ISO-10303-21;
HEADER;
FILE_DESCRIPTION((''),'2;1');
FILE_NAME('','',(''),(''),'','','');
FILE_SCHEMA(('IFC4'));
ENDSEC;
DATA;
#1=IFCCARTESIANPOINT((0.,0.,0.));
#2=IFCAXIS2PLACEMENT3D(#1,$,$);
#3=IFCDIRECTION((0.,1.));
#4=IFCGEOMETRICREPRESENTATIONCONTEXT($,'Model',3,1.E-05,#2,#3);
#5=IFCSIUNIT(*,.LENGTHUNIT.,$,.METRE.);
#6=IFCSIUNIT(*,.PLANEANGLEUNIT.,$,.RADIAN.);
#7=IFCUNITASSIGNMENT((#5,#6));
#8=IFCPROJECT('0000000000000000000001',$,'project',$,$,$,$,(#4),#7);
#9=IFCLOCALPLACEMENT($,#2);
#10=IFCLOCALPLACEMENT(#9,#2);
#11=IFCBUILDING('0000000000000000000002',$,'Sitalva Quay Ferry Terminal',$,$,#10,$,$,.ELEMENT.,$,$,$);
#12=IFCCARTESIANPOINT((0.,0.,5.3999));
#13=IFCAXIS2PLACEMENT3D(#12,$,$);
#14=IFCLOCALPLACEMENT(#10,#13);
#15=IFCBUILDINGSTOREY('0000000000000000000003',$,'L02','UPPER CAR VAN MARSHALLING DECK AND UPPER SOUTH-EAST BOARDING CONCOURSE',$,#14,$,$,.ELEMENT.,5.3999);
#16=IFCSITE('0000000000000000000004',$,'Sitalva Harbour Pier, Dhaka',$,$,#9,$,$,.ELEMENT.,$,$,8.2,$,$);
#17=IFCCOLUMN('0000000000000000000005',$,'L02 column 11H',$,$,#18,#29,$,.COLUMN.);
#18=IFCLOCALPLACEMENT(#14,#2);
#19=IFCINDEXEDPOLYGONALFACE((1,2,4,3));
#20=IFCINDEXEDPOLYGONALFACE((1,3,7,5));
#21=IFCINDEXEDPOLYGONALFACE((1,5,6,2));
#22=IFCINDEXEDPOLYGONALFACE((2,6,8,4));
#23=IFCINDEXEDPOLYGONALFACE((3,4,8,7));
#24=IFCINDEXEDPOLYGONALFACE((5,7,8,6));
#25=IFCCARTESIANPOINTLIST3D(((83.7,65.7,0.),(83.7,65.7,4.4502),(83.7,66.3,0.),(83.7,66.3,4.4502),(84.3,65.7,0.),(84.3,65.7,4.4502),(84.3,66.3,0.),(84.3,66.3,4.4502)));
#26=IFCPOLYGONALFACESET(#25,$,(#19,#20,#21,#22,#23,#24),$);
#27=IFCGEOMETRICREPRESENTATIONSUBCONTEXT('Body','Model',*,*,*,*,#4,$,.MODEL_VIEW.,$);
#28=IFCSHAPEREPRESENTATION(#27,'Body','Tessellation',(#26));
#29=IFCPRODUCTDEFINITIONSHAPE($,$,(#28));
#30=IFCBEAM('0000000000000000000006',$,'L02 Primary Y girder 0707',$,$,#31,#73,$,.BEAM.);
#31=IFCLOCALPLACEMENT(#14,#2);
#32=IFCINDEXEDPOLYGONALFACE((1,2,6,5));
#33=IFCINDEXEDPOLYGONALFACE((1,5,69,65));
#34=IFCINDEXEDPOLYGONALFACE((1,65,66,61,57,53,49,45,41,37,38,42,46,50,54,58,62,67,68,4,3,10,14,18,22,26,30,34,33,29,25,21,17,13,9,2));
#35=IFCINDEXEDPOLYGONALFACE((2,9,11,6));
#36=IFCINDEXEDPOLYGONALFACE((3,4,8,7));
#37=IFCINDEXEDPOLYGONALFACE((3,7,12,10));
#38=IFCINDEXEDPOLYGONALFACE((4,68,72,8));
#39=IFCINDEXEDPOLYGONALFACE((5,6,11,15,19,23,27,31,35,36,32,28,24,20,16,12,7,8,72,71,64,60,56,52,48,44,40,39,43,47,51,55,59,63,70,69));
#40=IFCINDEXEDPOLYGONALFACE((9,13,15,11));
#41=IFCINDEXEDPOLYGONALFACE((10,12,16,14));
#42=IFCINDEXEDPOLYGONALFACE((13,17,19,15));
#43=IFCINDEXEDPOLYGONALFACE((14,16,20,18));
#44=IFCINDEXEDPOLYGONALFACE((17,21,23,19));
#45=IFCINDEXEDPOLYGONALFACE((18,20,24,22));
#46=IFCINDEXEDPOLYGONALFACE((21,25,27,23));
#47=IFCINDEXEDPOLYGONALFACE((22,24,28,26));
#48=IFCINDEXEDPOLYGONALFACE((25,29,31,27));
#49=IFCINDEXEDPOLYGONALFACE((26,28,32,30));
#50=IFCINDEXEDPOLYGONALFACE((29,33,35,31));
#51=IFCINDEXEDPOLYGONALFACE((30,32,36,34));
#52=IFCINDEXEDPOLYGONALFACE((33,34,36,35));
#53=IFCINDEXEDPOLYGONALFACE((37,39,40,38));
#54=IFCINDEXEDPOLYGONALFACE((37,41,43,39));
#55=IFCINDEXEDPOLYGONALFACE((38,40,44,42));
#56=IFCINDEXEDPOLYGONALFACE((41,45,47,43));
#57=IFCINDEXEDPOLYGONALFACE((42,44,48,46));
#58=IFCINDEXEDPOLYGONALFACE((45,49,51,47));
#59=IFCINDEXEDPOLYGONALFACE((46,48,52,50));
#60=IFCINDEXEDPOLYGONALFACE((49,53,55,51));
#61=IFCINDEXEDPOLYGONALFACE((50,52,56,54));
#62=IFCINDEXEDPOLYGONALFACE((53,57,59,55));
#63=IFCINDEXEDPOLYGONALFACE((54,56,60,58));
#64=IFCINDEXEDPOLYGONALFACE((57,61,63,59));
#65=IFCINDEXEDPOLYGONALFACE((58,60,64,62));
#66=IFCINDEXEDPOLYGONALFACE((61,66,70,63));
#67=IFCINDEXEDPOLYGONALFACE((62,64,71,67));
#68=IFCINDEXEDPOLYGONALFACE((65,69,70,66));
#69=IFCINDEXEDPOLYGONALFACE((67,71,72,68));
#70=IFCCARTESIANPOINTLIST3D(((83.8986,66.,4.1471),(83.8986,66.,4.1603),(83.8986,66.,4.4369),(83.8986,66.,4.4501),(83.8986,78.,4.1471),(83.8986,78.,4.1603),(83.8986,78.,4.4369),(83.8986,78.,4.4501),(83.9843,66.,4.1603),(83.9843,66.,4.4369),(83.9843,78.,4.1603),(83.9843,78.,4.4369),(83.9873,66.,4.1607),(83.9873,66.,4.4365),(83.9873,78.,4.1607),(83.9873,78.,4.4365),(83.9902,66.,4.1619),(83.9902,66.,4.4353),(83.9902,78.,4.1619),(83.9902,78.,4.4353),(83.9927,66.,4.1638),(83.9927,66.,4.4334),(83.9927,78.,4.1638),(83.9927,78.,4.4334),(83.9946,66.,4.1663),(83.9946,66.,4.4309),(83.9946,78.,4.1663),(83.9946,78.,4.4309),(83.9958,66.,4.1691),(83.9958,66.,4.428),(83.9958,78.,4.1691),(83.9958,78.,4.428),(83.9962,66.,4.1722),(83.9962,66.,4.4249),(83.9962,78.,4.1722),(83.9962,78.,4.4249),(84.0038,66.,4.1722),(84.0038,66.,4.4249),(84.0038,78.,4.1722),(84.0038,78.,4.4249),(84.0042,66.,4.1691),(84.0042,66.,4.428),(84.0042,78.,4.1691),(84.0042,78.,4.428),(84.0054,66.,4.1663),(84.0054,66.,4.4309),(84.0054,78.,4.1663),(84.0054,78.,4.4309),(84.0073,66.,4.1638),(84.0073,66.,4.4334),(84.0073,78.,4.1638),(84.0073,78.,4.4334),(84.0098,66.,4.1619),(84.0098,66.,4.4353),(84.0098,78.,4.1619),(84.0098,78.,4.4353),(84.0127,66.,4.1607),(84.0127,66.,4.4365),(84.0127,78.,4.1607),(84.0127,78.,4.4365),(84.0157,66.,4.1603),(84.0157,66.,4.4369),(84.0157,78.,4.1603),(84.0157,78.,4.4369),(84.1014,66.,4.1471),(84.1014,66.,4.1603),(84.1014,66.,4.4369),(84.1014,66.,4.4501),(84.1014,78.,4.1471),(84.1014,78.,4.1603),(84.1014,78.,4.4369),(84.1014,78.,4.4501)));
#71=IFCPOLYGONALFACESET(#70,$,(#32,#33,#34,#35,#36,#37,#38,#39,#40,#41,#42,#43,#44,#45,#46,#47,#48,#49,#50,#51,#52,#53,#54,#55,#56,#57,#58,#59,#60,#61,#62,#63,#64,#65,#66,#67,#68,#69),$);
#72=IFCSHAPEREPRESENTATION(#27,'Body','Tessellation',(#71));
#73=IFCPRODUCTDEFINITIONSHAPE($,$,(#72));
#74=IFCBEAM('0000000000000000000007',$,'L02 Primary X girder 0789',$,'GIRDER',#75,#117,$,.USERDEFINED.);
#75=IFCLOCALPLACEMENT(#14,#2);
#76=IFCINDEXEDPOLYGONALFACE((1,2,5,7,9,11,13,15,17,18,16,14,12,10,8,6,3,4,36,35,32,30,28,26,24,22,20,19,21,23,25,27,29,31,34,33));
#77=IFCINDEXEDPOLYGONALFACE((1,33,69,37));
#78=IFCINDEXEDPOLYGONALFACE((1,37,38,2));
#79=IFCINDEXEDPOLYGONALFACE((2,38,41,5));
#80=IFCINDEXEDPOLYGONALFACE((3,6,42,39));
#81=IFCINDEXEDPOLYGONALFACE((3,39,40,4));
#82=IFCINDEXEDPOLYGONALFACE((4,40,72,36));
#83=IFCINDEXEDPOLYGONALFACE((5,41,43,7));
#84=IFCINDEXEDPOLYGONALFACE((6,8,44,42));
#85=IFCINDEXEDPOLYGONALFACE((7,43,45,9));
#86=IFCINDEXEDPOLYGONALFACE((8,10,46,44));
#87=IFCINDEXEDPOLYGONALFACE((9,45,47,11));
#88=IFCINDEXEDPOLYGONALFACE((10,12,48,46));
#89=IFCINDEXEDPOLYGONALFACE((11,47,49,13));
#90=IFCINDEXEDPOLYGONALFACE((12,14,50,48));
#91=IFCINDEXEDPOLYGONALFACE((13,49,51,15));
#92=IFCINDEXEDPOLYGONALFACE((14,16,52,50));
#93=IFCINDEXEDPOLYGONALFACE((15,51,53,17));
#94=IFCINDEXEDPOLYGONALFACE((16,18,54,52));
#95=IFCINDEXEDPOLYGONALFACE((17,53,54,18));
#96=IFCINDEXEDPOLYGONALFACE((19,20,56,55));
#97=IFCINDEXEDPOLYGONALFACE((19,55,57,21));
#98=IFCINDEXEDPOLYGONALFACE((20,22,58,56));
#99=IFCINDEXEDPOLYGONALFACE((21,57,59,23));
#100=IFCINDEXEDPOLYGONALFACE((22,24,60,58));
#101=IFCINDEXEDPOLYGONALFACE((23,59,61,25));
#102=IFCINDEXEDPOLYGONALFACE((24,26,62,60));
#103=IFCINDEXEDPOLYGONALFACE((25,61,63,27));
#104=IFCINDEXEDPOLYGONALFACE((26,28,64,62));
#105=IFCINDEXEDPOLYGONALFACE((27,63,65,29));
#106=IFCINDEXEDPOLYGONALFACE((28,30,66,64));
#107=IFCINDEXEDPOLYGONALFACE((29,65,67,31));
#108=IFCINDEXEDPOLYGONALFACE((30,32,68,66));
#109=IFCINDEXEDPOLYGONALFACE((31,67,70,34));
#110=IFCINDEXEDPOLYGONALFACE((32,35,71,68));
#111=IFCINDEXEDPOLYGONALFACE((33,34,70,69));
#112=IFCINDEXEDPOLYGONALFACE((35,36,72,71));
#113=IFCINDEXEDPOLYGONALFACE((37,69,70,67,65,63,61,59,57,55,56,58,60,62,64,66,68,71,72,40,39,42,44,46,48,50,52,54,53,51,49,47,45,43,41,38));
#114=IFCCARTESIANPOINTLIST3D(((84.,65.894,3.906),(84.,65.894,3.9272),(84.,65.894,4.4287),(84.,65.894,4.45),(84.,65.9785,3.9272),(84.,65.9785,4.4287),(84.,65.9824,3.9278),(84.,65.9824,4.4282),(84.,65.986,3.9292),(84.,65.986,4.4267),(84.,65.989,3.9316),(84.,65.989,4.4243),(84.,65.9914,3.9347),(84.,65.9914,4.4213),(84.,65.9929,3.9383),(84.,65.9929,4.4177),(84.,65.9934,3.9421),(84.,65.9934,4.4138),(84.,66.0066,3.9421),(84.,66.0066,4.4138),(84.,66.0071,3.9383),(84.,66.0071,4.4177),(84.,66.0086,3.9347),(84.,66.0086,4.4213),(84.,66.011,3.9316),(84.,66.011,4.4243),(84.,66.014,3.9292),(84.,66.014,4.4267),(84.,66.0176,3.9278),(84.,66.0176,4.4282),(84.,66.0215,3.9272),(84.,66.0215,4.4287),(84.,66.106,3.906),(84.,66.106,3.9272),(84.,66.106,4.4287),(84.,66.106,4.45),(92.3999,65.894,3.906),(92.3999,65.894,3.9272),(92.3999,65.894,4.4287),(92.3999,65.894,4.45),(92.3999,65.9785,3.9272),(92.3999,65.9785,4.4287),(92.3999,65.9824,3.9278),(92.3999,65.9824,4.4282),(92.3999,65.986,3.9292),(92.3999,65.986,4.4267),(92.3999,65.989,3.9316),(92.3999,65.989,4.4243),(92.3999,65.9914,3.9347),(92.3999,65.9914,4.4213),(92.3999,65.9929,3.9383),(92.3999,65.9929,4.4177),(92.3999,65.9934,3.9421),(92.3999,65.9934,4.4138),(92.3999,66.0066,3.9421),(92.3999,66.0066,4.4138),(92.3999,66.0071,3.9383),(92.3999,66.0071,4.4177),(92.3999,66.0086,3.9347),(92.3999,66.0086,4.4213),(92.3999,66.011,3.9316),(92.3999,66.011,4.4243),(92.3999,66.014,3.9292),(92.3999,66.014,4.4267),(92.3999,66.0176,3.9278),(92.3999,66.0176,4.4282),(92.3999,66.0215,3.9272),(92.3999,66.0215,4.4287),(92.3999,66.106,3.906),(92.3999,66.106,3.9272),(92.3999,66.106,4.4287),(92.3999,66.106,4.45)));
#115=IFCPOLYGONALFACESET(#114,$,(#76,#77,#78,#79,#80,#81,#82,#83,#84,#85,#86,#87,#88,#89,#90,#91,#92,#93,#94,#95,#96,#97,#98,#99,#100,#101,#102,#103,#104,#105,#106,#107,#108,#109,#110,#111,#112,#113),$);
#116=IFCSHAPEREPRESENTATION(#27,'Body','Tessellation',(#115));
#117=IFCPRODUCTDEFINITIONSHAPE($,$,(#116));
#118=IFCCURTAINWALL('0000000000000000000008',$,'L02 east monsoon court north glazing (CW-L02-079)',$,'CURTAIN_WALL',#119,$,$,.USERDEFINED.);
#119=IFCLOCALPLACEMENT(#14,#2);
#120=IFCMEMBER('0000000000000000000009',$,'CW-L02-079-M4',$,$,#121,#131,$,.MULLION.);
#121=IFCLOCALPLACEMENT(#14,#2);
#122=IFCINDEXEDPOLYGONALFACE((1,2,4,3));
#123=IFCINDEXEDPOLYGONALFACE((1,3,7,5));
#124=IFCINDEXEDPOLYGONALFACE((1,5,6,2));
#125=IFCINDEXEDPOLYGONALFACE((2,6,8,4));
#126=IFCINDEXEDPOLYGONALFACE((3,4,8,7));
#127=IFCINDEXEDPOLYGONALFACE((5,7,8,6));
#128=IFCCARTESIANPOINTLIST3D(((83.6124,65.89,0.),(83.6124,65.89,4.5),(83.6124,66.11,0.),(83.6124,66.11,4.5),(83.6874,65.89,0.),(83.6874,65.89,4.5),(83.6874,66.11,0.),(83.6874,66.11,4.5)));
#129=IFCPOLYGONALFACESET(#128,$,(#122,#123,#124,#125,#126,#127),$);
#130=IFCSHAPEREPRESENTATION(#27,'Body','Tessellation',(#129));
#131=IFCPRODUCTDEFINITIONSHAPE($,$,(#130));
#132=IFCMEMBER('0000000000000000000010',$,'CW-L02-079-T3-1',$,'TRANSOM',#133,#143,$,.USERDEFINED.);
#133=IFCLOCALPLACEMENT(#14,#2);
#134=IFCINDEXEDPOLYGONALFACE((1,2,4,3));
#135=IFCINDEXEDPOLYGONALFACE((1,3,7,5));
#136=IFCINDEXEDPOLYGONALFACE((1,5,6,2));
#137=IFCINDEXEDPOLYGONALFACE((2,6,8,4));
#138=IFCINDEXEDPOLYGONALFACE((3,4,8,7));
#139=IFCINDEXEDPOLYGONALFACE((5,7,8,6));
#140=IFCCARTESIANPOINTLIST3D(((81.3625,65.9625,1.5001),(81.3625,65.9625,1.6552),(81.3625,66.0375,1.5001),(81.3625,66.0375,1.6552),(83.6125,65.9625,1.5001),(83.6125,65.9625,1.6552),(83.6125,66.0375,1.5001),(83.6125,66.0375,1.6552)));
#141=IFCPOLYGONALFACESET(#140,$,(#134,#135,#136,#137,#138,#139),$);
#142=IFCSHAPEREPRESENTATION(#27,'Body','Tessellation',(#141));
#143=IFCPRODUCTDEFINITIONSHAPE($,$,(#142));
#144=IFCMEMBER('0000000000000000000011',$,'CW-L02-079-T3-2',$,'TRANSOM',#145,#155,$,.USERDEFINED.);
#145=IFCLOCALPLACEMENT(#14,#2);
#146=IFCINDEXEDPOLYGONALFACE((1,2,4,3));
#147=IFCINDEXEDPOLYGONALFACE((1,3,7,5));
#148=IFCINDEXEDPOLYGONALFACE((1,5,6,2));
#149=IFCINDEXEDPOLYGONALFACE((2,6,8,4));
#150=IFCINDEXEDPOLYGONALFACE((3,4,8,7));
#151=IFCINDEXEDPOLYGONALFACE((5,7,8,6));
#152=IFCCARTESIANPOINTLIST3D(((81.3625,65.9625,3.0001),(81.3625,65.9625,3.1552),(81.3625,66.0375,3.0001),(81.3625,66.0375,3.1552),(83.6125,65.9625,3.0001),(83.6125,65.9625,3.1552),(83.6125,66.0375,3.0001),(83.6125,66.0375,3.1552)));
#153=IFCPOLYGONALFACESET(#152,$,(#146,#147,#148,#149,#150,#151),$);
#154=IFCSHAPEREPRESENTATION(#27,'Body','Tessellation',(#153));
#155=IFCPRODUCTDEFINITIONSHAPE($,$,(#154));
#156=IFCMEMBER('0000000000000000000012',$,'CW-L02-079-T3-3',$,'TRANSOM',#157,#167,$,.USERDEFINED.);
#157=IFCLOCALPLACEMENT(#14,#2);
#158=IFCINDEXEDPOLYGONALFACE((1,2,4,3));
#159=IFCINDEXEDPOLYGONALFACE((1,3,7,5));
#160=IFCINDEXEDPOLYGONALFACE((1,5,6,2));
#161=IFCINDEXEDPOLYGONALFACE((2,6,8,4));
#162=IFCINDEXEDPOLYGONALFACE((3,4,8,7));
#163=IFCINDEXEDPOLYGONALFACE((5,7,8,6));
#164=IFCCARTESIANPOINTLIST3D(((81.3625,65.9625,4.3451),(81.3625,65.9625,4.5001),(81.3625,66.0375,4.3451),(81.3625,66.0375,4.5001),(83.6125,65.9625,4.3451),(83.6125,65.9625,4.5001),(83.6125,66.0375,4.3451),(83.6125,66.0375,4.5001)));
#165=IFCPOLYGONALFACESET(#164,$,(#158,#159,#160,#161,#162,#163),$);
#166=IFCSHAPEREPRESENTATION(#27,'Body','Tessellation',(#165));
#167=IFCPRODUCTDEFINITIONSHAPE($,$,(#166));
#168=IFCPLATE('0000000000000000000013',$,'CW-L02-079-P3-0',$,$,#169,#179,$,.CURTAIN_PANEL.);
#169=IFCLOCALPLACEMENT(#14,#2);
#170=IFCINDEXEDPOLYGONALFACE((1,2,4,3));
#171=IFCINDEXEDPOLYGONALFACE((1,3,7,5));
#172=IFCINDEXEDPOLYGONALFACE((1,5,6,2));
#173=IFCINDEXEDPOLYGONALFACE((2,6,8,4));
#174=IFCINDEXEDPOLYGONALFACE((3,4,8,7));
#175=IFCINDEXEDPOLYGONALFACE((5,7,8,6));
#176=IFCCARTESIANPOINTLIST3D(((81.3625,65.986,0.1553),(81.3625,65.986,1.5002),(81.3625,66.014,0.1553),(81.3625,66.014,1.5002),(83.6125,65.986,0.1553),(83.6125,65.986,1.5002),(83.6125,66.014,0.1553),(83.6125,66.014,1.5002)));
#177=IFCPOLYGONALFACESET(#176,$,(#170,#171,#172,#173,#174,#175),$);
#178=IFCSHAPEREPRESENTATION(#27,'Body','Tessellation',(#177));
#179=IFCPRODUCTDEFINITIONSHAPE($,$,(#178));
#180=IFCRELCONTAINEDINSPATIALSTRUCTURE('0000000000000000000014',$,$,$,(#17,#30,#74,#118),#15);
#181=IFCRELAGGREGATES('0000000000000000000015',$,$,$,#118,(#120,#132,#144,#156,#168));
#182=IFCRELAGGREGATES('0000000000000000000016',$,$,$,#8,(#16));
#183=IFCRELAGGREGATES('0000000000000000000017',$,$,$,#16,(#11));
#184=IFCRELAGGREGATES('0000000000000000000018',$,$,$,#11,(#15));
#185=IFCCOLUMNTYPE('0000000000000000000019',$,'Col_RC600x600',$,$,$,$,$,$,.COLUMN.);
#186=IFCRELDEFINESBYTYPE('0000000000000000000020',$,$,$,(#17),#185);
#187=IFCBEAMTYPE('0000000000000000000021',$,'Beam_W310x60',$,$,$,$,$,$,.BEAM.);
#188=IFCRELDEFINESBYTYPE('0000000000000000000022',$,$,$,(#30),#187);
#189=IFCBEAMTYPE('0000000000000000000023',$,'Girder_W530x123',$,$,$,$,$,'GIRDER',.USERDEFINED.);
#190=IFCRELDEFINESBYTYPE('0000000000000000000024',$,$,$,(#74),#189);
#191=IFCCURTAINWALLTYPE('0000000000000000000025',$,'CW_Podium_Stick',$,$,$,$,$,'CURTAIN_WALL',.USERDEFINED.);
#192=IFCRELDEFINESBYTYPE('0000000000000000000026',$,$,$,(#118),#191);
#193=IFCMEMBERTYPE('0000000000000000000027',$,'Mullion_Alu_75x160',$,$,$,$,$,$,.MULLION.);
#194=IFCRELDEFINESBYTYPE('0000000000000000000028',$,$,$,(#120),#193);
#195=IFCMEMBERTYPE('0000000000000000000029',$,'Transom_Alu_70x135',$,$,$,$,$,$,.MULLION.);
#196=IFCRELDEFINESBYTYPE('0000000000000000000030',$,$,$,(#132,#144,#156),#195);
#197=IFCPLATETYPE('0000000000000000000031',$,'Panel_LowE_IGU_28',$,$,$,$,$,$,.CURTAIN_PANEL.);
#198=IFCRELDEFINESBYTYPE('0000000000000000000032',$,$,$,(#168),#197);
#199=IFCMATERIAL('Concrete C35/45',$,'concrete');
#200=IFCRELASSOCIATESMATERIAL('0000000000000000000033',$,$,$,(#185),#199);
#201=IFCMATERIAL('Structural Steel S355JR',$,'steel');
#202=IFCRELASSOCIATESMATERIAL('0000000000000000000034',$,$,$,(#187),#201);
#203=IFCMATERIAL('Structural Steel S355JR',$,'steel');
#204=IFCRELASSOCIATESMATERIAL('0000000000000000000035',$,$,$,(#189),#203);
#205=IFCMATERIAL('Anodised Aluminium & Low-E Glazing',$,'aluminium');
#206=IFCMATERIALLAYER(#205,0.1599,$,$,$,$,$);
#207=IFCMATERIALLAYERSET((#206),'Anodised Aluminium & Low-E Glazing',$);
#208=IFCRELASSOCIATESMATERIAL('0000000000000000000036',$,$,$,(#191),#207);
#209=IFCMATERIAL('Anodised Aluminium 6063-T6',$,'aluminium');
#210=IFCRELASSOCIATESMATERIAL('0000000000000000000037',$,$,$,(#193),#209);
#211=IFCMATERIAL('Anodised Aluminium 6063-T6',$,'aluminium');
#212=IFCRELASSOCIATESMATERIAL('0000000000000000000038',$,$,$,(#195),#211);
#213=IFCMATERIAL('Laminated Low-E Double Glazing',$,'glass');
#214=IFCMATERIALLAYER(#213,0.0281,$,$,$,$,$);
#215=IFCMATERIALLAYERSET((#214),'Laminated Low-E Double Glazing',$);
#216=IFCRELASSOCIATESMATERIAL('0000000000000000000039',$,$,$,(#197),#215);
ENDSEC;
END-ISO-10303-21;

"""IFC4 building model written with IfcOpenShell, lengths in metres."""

from ifc_helpers import new_model, si_unit, direction, frame, origin, origin_2d, place, context, subcontext, project, spatial, rectangle, i_section, extrude, material, layer, layer_set, material_profile, profile_set, type_object, element, aggregate, save


model = new_model("IFC4")

# Units and contexts
model_context = context("Model", 3, precision=1e-05, world=origin(), true_north=direction((0.0, 1.0)))
body_context = subcontext(model_context, "Body", "Model", "MODEL_VIEW")
ifc_project = project(units=[si_unit("LENGTHUNIT", "METRE"), si_unit("PLANEANGLEUNIT", "RADIAN")], contexts=[model_context])

# Site, building, storey
site_placement = place(None, origin())
site = spatial("IfcSite", under=ifc_project, at=site_placement, Name="Sitalva Harbour Pier, Dhaka", CompositionType="ELEMENT", RefElevation=8.2)
building_placement = place(site_placement, origin())
building = spatial("IfcBuilding", under=site, at=building_placement, Name="Sitalva Quay Ferry Terminal", CompositionType="ELEMENT")
storey_placement = place(building_placement, frame((0.0, 0.0, 5.3999)))
storey = spatial("IfcBuildingStorey", under=building, at=storey_placement, Name="L02", Description="UPPER CAR VAN MARSHALLING DECK AND UPPER SOUTH-EAST BOARDING CONCOURSE", CompositionType="ELEMENT", Elevation=5.3999)

# Column
ifc_material_1 = material(Name="Concrete C35/45", Category="concrete")
ifc_material_profile_1 = material_profile(ifc_material_1, rectangle(XDim=0.6001, YDim=0.6001, at=origin_2d()), Name="RC600x600")
ifc_profile_set_1 = profile_set([ifc_material_profile_1], Name="Concrete C35/45")
column_type = type_object("IfcColumnType", Name="Col_RC600x600", PredefinedType="COLUMN", material=ifc_profile_set_1)
column_placement = place(storey_placement, frame((84.0, 66.0, 0.0), z_axis=(0.0, 0.0, 1.0), x_axis=(1.0, 0.0, 0.0)))
element("IfcColumn", 1, at=column_placement, inside=storey, type_object=column_type, Name="L02 column 11H", PredefinedType="COLUMN", context=body_context, shape_type="SweptSolid", body=[
    extrude(rectangle(XDim=0.6001, YDim=0.6001, at=origin_2d()), origin(), (0.0, 0.0, 1.0), 4.4502),
])

# Beams
ifc_material_2 = material(Name="Structural Steel S355JR", Category="steel")
ifc_material_profile_2 = material_profile(ifc_material_2, i_section(OverallWidth=0.2029, OverallDepth=0.303, WebThickness=0.0076, FlangeThickness=0.0132, FilletRadius=0.012, at=origin_2d()), Name="W310x60")
ifc_profile_set_2 = profile_set([ifc_material_profile_2], Name="Structural Steel S355JR")
beam_type_1 = type_object("IfcBeamType", Name="Beam_W310x60", PredefinedType="BEAM", material=ifc_profile_set_2)
beam_1_placement = place(storey_placement, frame((84.0, 66.0, 4.2986), z_axis=(0.0, 1.0, 0.0), x_axis=(-1.0, 0.0, 0.0)))
element("IfcBeam", 2, at=beam_1_placement, inside=storey, type_object=beam_type_1, Name="L02 Primary Y girder 0707", PredefinedType="BEAM", context=body_context, shape_type="SweptSolid", body=[
    extrude(i_section(OverallWidth=0.2029, OverallDepth=0.303, WebThickness=0.0076, FlangeThickness=0.0132, FilletRadius=0.012, at=origin_2d()), origin(), (0.0, 0.0, 1.0), 12.0),
])
ifc_material_3 = material(Name="Structural Steel S355JR", Category="steel")
ifc_material_profile_3 = material_profile(ifc_material_3, i_section(OverallWidth=0.2119, OverallDepth=0.5439, WebThickness=0.0132, FlangeThickness=0.0212, FilletRadius=0.0149, at=origin_2d()), Name="W530x123")
ifc_profile_set_3 = profile_set([ifc_material_profile_3], Name="Structural Steel S355JR")
beam_type_2 = type_object("IfcBeamType", Name="Girder_W530x123", ElementType="GIRDER", PredefinedType="USERDEFINED", material=ifc_profile_set_3)
beam_2_placement = place(storey_placement, frame((84.0, 66.0, 4.178), z_axis=(1.0, 0.0, 0.0), x_axis=(0.0, 1.0, 0.0)))
element("IfcBeam", 3, at=beam_2_placement, inside=storey, type_object=beam_type_2, Name="L02 Primary X girder 0789", ObjectType="GIRDER", PredefinedType="USERDEFINED", context=body_context, shape_type="SweptSolid", body=[
    extrude(i_section(OverallWidth=0.2119, OverallDepth=0.5439, WebThickness=0.0132, FlangeThickness=0.0212, FilletRadius=0.0149, at=origin_2d()), origin(), (0.0, 0.0, 1.0), 8.3999),
])

# Curtain wall, members, plate
ifc_material_4 = material(Name="Anodised Aluminium & Low-E Glazing", Category="aluminium")
ifc_layer_1 = layer(ifc_material_4, 0.1599)
ifc_layer_set_1 = layer_set([ifc_layer_1], Name="Anodised Aluminium & Low-E Glazing")
curtain_wall_type = type_object("IfcCurtainWallType", Name="CW_Podium_Stick", ElementType="CURTAIN_WALL", PredefinedType="USERDEFINED", material=ifc_layer_set_1)
curtain_wall_placement = place(storey_placement, origin())
curtain_wall = element("IfcCurtainWall", 4, at=curtain_wall_placement, inside=storey, type_object=curtain_wall_type, Name="L02 east monsoon court north glazing (CW-L02-079)", ObjectType="CURTAIN_WALL", PredefinedType="USERDEFINED")
ifc_material_5 = material(Name="Anodised Aluminium 6063-T6", Category="aluminium")
ifc_material_profile_4 = material_profile(ifc_material_5, rectangle(XDim=0.075, YDim=0.22, at=origin_2d()), Name="ALU75x220")
ifc_profile_set_4 = profile_set([ifc_material_profile_4], Name="Anodised Aluminium 6063-T6")
member_type_1 = type_object("IfcMemberType", Name="Mullion_Alu_75x160", PredefinedType="MULLION", material=ifc_profile_set_4)
member_1_placement = place(storey_placement, frame((83.6499, 66.0, 0.0), z_axis=(0.0, 0.0, 1.0), x_axis=(1.0, 0.0, 0.0)))
member_1 = element("IfcMember", 5, at=member_1_placement, type_object=member_type_1, Name="CW-L02-079-M4", PredefinedType="MULLION", context=body_context, shape_type="SweptSolid", body=[
    extrude(rectangle(XDim=0.075, YDim=0.22, at=origin_2d()), origin(), (0.0, 0.0, 1.0), 4.5),
])
ifc_material_6 = material(Name="Anodised Aluminium 6063-T6", Category="aluminium")
ifc_material_profile_5 = material_profile(ifc_material_6, rectangle(XDim=0.075, YDim=0.155, at=origin_2d()), Name="ALU75x155")
ifc_profile_set_5 = profile_set([ifc_material_profile_5], Name="Anodised Aluminium 6063-T6")
member_type_2 = type_object("IfcMemberType", Name="Transom_Alu_70x135", PredefinedType="MULLION", material=ifc_profile_set_5)
member_2_placement = place(storey_placement, frame((81.3625, 66.0, 1.5776), z_axis=(1.0, 0.0, 0.0), x_axis=(0.0, 1.0, 0.0)))
member_2 = element("IfcMember", 6, at=member_2_placement, type_object=member_type_2, Name="CW-L02-079-T3-1", ObjectType="TRANSOM", PredefinedType="USERDEFINED", context=body_context, shape_type="SweptSolid", body=[
    extrude(rectangle(XDim=0.075, YDim=0.155, at=origin_2d()), origin(), (0.0, 0.0, 1.0), 2.25),
])
member_3_placement = place(storey_placement, frame((81.3625, 66.0, 3.0776), z_axis=(1.0, 0.0, 0.0), x_axis=(0.0, 1.0, 0.0)))
member_3 = element("IfcMember", 7, at=member_3_placement, type_object=member_type_2, Name="CW-L02-079-T3-2", ObjectType="TRANSOM", PredefinedType="USERDEFINED", context=body_context, shape_type="SweptSolid", body=[
    extrude(rectangle(XDim=0.075, YDim=0.155, at=origin_2d()), origin(), (0.0, 0.0, 1.0), 2.25),
])
member_4_placement = place(storey_placement, frame((81.3625, 66.0, 4.4226), z_axis=(1.0, 0.0, 0.0), x_axis=(0.0, 1.0, 0.0)))
member_4 = element("IfcMember", 8, at=member_4_placement, type_object=member_type_2, Name="CW-L02-079-T3-3", ObjectType="TRANSOM", PredefinedType="USERDEFINED", context=body_context, shape_type="SweptSolid", body=[
    extrude(rectangle(XDim=0.075, YDim=0.155, at=origin_2d()), origin(), (0.0, 0.0, 1.0), 2.25),
])
ifc_material_7 = material(Name="Laminated Low-E Double Glazing", Category="glass")
ifc_layer_2 = layer(ifc_material_7, 0.0281)
ifc_layer_set_2 = layer_set([ifc_layer_2], Name="Laminated Low-E Double Glazing")
plate_type = type_object("IfcPlateType", Name="Panel_LowE_IGU_28", PredefinedType="CURTAIN_PANEL", material=ifc_layer_set_2)
plate_1_placement = place(storey_placement, frame((82.4875, 66.0, 0.1553), z_axis=(0.0, 0.0, 1.0), x_axis=(1.0, 0.0, 0.0)))
plate_1 = element("IfcPlate", 9, at=plate_1_placement, type_object=plate_type, Name="CW-L02-079-P3-0", PredefinedType="CURTAIN_PANEL", context=body_context, shape_type="SweptSolid", body=[
    extrude(rectangle(XDim=2.25, YDim=0.0281, at=origin_2d()), origin(), (0.0, 0.0, 1.0), 1.345),
])
aggregate(curtain_wall, [member_1, member_2, member_3, member_4, plate_1])

save(model, "model.ifc")
